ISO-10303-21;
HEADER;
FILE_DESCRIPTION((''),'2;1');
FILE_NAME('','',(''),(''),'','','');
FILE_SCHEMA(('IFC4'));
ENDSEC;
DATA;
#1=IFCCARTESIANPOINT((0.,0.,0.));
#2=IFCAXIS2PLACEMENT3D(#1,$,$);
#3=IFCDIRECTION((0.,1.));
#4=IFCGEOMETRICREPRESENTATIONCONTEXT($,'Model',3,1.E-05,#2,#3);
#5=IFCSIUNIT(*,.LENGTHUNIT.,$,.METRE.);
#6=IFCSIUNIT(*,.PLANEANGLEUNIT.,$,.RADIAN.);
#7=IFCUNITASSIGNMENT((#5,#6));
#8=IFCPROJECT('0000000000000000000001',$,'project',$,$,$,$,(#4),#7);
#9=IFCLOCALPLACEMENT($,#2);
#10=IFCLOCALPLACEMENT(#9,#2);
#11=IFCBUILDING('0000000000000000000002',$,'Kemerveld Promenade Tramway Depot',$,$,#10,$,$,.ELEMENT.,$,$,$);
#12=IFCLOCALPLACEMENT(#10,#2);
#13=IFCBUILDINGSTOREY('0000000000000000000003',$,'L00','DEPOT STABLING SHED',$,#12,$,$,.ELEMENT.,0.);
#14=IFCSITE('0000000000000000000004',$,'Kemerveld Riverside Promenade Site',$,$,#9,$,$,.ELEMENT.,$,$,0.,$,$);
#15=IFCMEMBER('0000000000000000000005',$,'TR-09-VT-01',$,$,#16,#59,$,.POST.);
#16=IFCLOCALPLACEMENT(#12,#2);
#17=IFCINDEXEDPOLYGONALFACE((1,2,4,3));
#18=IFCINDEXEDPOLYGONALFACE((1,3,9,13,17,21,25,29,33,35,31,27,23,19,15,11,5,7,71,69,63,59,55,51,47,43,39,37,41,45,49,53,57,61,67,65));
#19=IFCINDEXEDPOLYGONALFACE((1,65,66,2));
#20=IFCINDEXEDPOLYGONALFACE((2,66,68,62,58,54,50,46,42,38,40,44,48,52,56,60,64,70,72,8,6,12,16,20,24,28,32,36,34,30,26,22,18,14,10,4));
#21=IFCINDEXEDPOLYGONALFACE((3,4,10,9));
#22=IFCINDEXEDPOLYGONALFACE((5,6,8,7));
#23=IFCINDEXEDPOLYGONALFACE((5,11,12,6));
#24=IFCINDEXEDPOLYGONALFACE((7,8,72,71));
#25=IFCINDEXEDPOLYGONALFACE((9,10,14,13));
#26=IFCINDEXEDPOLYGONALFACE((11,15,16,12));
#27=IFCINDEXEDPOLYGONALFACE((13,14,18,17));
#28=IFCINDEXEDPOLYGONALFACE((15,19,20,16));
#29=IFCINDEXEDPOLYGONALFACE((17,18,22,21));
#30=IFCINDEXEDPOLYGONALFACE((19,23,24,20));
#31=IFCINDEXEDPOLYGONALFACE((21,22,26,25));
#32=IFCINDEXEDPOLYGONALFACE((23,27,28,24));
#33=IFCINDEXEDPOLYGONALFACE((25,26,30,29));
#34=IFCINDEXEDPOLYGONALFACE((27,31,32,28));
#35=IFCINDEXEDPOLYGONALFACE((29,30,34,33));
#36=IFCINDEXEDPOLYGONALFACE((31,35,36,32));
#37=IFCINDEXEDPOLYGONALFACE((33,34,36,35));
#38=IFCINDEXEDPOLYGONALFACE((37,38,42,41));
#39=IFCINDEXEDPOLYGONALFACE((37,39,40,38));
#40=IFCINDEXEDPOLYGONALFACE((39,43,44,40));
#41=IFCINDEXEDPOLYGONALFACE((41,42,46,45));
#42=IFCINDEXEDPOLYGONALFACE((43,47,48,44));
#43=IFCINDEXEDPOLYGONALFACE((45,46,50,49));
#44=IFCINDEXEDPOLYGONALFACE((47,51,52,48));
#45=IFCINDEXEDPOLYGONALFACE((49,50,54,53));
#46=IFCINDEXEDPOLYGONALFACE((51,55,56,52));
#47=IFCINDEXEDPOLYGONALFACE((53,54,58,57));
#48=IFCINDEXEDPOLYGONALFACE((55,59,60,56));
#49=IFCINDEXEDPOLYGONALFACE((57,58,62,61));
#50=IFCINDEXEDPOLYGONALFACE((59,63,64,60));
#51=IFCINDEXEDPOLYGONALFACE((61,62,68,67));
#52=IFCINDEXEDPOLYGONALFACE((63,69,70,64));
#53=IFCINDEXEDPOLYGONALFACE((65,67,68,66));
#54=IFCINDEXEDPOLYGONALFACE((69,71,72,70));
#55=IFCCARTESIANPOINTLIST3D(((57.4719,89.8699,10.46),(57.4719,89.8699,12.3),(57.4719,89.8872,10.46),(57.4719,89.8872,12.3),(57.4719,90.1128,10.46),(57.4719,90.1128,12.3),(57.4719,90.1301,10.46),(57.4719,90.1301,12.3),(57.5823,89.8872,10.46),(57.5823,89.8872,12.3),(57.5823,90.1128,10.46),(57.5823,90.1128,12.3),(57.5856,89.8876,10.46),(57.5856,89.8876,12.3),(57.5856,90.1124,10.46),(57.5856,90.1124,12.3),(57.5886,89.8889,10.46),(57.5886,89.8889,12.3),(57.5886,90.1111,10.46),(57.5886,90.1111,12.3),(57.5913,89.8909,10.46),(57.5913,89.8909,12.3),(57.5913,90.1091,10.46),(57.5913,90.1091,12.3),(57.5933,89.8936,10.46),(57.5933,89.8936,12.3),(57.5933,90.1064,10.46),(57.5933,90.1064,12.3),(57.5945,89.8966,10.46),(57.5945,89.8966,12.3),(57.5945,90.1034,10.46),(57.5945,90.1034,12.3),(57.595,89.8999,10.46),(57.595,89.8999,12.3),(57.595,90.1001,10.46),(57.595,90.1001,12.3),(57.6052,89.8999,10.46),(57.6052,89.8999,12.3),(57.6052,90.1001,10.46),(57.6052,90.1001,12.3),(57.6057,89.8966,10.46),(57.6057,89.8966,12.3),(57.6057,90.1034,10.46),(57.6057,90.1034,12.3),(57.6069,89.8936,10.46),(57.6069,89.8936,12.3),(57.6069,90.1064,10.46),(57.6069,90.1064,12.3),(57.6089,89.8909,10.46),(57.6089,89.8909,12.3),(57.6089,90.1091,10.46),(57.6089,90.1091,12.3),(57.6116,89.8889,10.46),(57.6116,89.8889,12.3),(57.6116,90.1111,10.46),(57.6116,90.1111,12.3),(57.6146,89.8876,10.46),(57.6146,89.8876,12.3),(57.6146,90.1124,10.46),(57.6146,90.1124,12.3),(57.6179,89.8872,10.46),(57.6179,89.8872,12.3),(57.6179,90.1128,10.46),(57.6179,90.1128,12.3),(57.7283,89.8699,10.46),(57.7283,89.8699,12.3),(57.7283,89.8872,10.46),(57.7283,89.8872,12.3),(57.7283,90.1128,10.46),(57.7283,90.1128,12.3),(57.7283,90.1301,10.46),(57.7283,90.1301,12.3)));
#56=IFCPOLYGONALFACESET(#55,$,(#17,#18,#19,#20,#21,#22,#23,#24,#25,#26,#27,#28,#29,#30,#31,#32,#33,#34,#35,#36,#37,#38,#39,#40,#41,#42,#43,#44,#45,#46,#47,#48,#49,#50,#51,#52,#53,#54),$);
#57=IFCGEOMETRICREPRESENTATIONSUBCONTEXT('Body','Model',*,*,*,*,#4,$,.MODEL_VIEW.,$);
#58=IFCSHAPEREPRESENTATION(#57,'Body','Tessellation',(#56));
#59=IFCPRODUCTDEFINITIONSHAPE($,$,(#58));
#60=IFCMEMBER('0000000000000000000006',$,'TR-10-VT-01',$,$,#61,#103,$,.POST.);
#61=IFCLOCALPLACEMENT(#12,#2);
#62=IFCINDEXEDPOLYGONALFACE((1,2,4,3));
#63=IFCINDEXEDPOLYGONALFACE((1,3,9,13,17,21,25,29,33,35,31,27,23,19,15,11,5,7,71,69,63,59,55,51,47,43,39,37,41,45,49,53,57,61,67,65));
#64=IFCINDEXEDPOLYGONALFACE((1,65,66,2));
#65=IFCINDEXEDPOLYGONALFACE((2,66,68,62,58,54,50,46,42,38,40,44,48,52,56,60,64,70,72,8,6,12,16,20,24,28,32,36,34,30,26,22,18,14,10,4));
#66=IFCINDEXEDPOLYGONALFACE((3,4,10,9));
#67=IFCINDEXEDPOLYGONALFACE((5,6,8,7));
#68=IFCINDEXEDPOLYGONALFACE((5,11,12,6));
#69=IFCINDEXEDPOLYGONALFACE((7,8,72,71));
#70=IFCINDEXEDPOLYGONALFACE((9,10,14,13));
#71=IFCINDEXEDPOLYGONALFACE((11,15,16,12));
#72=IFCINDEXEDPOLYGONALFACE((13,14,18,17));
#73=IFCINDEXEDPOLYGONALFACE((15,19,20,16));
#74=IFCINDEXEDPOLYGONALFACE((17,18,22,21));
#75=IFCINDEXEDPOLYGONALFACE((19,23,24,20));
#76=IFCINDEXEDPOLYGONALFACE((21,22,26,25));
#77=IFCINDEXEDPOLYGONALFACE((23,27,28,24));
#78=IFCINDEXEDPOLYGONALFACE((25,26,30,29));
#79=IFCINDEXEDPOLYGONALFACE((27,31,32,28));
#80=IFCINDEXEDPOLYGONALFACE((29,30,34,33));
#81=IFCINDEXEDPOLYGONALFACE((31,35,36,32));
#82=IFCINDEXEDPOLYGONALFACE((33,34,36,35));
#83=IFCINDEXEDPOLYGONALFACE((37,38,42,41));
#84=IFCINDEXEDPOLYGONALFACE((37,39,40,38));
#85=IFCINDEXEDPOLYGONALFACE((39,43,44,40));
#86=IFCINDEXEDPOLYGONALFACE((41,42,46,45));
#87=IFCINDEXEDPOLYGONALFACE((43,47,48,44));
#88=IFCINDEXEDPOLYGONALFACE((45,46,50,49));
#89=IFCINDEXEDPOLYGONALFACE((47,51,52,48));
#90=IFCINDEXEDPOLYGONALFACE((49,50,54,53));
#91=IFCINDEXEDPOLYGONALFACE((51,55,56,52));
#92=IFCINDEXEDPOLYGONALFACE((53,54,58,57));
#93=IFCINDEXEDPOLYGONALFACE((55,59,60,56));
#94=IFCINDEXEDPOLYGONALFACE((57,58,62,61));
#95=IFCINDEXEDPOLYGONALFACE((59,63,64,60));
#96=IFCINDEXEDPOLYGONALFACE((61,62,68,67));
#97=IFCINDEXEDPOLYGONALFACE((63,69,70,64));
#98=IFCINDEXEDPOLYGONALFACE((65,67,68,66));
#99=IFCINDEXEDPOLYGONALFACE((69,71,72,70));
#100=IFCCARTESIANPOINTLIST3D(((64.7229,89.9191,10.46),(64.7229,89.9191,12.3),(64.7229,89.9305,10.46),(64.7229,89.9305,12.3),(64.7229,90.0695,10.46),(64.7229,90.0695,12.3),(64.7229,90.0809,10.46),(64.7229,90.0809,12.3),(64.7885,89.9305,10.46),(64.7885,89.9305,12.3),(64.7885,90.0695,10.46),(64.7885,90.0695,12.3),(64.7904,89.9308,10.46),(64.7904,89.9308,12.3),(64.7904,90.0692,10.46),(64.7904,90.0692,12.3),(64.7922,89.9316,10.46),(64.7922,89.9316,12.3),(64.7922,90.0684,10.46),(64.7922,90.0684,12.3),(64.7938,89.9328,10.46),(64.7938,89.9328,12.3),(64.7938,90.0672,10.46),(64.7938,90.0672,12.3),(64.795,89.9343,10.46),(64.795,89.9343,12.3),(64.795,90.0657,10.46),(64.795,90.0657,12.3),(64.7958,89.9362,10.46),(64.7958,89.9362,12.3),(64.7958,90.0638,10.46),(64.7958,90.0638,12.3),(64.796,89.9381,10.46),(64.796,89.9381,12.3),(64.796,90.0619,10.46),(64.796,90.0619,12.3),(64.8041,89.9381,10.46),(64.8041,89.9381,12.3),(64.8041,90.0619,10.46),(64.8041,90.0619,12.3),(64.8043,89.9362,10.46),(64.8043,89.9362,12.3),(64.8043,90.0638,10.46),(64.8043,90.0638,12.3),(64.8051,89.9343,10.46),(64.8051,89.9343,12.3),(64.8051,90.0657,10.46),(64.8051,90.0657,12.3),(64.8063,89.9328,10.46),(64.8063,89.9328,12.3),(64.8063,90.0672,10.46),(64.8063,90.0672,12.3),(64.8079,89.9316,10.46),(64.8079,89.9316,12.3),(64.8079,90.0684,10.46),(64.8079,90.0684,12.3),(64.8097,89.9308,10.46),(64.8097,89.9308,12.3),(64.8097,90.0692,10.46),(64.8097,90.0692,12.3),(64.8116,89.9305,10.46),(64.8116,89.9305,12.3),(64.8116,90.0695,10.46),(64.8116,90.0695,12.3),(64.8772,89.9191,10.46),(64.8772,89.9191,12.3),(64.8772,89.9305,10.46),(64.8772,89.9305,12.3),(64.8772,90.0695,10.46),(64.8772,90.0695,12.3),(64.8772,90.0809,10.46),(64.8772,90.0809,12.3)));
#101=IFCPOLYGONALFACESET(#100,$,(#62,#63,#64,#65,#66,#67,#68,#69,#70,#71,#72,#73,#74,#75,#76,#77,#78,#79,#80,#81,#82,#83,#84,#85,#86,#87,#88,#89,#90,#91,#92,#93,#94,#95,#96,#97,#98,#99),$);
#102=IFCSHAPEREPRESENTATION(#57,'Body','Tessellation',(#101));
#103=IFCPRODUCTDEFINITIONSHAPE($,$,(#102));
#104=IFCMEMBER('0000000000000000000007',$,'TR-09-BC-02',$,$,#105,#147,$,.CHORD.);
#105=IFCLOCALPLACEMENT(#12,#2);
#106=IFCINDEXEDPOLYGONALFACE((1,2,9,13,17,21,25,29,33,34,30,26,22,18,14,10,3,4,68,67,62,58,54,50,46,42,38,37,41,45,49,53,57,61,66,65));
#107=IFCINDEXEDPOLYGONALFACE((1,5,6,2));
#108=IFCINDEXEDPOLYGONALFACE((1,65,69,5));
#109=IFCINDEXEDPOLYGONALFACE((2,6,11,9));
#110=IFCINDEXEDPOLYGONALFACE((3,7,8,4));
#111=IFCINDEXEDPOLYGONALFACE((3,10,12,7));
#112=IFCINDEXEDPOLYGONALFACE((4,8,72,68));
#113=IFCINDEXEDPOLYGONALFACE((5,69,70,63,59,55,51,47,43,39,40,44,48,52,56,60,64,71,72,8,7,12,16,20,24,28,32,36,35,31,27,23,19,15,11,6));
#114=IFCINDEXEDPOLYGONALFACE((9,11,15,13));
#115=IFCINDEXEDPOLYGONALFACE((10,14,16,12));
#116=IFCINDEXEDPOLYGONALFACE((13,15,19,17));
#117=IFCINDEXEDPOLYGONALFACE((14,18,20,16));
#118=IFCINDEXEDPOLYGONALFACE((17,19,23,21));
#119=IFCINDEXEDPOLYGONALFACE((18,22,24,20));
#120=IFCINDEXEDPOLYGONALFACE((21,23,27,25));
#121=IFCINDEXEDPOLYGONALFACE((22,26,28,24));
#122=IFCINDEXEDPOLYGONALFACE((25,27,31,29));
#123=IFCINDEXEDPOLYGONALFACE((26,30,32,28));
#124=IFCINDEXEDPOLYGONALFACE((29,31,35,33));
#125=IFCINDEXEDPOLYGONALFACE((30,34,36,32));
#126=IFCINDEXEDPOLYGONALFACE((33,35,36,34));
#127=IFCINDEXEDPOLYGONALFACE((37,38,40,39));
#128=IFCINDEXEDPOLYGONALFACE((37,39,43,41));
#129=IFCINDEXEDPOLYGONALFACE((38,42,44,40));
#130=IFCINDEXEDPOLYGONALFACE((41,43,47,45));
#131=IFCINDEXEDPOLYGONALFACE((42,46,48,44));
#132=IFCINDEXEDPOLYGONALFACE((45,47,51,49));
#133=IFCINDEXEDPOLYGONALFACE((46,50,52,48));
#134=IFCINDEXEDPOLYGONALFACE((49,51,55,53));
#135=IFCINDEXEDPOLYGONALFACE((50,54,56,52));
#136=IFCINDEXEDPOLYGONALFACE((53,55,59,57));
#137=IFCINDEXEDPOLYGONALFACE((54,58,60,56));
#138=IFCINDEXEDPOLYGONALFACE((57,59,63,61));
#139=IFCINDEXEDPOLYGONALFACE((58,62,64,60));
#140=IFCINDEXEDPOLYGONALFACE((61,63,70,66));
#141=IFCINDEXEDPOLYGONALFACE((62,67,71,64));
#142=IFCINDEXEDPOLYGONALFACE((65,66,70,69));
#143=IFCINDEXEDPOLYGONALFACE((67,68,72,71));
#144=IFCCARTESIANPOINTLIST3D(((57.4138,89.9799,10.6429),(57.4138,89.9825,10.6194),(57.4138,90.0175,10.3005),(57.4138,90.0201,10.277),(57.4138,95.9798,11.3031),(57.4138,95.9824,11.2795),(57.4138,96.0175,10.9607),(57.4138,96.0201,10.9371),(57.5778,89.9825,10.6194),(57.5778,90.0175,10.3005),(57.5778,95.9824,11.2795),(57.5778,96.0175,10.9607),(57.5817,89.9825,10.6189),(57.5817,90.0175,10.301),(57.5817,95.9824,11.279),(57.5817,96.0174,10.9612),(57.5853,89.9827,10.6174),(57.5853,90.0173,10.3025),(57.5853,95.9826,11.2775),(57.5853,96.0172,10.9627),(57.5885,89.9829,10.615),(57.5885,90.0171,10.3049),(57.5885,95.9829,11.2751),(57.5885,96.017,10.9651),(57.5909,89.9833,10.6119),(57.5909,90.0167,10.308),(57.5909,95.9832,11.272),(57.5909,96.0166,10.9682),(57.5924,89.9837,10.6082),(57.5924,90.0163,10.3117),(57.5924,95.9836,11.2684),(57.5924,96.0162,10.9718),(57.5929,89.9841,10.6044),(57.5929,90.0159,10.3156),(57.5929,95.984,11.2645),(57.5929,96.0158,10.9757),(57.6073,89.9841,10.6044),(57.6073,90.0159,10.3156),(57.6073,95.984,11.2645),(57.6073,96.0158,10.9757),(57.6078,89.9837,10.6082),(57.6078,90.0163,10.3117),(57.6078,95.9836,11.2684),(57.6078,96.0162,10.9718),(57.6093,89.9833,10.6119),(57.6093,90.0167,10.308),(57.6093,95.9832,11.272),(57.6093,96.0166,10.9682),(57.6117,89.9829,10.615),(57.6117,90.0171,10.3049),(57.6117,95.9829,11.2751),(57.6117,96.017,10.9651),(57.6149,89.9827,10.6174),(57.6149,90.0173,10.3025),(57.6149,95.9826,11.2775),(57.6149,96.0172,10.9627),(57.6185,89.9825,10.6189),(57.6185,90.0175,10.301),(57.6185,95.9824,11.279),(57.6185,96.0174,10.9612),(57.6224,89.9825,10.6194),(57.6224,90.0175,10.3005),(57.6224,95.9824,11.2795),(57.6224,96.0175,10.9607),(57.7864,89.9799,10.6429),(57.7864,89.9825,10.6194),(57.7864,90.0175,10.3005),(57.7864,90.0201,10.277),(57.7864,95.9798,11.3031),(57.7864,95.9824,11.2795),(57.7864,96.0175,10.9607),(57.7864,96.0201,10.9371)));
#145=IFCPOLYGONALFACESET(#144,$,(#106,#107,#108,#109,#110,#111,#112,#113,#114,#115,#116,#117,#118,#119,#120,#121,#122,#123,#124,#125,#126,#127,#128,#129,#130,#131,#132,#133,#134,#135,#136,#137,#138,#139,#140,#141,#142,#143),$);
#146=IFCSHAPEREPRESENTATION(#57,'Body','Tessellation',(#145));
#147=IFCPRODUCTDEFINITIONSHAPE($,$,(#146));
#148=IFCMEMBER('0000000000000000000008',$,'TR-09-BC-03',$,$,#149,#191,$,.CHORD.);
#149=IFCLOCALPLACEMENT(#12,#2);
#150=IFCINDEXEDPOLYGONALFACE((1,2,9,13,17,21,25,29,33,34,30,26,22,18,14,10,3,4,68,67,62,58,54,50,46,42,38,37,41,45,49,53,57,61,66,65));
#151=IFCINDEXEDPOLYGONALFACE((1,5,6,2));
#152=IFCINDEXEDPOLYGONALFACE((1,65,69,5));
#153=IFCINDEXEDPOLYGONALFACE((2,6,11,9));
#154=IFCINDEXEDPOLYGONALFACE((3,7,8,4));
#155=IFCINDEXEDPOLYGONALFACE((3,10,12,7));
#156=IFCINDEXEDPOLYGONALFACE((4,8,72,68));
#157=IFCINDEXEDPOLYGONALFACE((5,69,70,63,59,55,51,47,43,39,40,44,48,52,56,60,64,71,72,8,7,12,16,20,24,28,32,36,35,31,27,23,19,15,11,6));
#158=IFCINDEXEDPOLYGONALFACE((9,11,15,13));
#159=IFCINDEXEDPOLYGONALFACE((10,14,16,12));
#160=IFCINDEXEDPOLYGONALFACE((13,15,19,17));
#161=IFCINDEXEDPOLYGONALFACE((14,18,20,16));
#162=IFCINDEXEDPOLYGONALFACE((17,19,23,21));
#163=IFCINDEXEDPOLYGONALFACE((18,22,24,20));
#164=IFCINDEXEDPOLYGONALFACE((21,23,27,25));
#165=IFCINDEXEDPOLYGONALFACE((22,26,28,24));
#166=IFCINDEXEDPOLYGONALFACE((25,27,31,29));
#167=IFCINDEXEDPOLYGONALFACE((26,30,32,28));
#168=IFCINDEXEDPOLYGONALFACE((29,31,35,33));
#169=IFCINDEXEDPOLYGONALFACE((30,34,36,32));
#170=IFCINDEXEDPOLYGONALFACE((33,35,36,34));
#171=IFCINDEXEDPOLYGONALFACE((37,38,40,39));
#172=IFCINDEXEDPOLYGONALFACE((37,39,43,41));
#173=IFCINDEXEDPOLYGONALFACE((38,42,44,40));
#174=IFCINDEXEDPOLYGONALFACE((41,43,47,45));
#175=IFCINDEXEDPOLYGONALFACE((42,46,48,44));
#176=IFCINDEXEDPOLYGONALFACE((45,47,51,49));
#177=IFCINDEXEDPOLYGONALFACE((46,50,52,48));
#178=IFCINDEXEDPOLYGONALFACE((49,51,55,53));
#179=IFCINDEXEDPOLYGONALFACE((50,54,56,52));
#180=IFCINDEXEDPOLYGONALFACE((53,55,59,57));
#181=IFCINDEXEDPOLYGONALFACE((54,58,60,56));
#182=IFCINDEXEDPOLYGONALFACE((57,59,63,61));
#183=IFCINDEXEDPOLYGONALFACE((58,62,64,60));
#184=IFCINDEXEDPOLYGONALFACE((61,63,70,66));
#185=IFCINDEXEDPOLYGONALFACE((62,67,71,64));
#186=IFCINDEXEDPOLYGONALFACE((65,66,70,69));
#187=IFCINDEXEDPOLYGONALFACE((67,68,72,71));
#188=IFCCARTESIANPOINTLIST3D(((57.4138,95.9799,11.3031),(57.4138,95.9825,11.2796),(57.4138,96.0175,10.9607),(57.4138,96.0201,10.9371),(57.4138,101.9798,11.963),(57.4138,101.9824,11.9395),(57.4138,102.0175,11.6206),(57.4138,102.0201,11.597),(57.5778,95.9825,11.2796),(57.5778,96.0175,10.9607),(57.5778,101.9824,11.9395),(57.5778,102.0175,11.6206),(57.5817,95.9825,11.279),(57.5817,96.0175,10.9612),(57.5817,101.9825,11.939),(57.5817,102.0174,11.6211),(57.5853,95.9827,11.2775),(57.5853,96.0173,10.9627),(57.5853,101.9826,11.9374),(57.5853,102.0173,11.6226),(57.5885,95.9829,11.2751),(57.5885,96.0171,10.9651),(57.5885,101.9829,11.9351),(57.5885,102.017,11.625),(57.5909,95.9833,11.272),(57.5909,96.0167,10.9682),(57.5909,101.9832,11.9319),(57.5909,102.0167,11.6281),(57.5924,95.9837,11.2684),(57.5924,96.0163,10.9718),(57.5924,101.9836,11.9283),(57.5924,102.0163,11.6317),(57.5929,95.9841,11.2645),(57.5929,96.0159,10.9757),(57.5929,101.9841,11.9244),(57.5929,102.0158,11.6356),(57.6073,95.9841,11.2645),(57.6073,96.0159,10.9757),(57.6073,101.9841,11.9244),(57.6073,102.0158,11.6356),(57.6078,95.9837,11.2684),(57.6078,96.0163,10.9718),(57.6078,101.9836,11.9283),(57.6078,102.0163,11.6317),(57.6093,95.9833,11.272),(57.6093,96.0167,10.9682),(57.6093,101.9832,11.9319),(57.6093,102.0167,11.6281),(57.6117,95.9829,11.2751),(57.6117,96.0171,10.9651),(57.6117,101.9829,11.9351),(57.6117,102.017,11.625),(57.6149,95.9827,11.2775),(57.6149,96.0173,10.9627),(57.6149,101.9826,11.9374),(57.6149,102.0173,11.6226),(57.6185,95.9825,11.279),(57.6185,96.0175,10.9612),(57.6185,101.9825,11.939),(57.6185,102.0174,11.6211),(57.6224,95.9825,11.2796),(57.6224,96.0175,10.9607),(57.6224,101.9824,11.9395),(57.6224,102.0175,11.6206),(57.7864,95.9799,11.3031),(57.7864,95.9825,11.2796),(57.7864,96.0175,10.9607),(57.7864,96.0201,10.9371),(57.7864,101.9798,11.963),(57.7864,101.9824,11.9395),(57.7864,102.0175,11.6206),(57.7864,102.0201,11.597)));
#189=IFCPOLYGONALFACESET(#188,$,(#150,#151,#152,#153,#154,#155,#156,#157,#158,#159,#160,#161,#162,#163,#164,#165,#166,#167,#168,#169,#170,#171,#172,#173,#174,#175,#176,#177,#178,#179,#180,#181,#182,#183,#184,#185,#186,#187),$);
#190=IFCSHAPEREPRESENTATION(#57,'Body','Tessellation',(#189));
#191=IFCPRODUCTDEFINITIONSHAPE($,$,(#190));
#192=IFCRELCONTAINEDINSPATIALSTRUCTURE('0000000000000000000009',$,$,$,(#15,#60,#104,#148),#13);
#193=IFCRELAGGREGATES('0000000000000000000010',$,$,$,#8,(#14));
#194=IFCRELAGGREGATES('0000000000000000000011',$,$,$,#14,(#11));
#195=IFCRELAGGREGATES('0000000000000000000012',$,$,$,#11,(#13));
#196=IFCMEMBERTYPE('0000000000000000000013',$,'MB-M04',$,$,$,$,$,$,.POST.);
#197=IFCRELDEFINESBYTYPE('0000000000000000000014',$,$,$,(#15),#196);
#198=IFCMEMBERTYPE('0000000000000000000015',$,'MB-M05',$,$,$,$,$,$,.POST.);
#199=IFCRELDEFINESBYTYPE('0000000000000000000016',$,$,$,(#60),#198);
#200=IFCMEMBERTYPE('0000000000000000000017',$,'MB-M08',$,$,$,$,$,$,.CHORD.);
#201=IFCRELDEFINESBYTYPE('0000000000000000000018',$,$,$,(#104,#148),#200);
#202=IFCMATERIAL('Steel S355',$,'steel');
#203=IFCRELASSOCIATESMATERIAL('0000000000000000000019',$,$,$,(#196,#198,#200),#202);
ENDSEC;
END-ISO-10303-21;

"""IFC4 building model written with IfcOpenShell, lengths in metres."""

from ifc_helpers import new_model, si_unit, direction, frame, origin, origin_2d, place, context, subcontext, project, spatial, i_section, extrude, material, material_profile, profile_set, type_object, element, save


model = new_model("IFC4")

# Units and contexts
model_context = context("Model", 3, precision=1e-05, world=origin(), true_north=direction((0.0, 1.0)))
body_context = subcontext(model_context, "Body", "Model", "MODEL_VIEW")
ifc_project = project(units=[si_unit("LENGTHUNIT", "METRE"), si_unit("PLANEANGLEUNIT", "RADIAN")], contexts=[model_context])

# Site, building, storey
site_placement = place(None, origin())
site = spatial("IfcSite", under=ifc_project, at=site_placement, Name="Kemerveld Riverside Promenade Site", CompositionType="ELEMENT", RefElevation=0.0)
building_placement = place(site_placement, origin())
building = spatial("IfcBuilding", under=site, at=building_placement, Name="Kemerveld Promenade Tramway Depot", CompositionType="ELEMENT")
storey_placement = place(building_placement, origin())
storey = spatial("IfcBuildingStorey", under=building, at=storey_placement, Name="L00", Description="DEPOT STABLING SHED", CompositionType="ELEMENT", Elevation=0.0)

# Members
ifc_material_1 = material(Name="Steel S355", Category="steel")
ifc_material_profile_1 = material_profile(ifc_material_1, i_section(OverallWidth=0.2563, OverallDepth=0.2603, WebThickness=0.0103, FlangeThickness=0.0173, FilletRadius=0.0127, at=origin_2d()), Name="254x254x89 UC")
ifc_profile_set_1 = profile_set([ifc_material_profile_1], Name="Steel S355")
member_type_1 = type_object("IfcMemberType", Name="MB-M04", PredefinedType="POST", material=ifc_profile_set_1)
member_1_placement = place(storey_placement, frame((57.6001, 90.0, 10.46), z_axis=(0.0, 0.0, 1.0), x_axis=(1.0, 0.0, 0.0)))
element("IfcMember", 1, at=member_1_placement, inside=storey, type_object=member_type_1, Name="TR-09-VT-01", PredefinedType="POST", context=body_context, shape_type="SweptSolid", body=[
    extrude(i_section(OverallWidth=0.2563, OverallDepth=0.2603, WebThickness=0.0103, FlangeThickness=0.0173, FilletRadius=0.0127, at=origin_2d()), origin(), (0.0, 0.0, 1.0), 1.8401),
])
ifc_material_profile_2 = material_profile(ifc_material_1, i_section(OverallWidth=0.1543, OverallDepth=0.1619, WebThickness=0.0081, FlangeThickness=0.0115, FilletRadius=0.0076, at=origin_2d()), Name="152x152x37 UC")
ifc_profile_set_2 = profile_set([ifc_material_profile_2], Name="Steel S355")
member_type_2 = type_object("IfcMemberType", Name="MB-M05", PredefinedType="POST", material=ifc_profile_set_2)
member_2_placement = place(storey_placement, frame((64.8, 90.0, 10.46), z_axis=(0.0, 0.0, 1.0), x_axis=(1.0, 0.0, 0.0)))
element("IfcMember", 2, at=member_2_placement, inside=storey, type_object=member_type_2, Name="TR-10-VT-01", PredefinedType="POST", context=body_context, shape_type="SweptSolid", body=[
    extrude(i_section(OverallWidth=0.1543, OverallDepth=0.1619, WebThickness=0.0081, FlangeThickness=0.0115, FilletRadius=0.0076, at=origin_2d()), origin(), (0.0, 0.0, 1.0), 1.8401),
])
ifc_material_profile_3 = material_profile(ifc_material_1, i_section(OverallWidth=0.3726, OverallDepth=0.3682, WebThickness=0.0144, FlangeThickness=0.0237, FilletRadius=0.0151, at=origin_2d()), Name="356x368x177 UC")
ifc_profile_set_3 = profile_set([ifc_material_profile_3], Name="Steel S355")
member_type_3 = type_object("IfcMemberType", Name="MB-M08", PredefinedType="CHORD", material=ifc_profile_set_3)
for number, where, z_axis, x_axis, name in (
    (3, (57.6001, 90.0, 10.46), (0.0, 0.994002, 0.109366), (-1.0, 0.0, 0.0), "TR-09-BC-02"),
    (4, (57.6001, 96.0, 11.1201), (0.0, 0.994006, 0.109326), (-1.0, 0.0, 0.0), "TR-09-BC-03"),
):
    element("IfcMember", number, at=place(storey_placement, frame(where, z_axis=z_axis, x_axis=x_axis)), inside=storey, type_object=member_type_3, Name=name, PredefinedType="CHORD", context=body_context, shape_type="SweptSolid", body=[
        extrude(i_section(OverallWidth=0.3726, OverallDepth=0.3682, WebThickness=0.0144, FlangeThickness=0.0237, FilletRadius=0.0151, at=origin_2d()), origin(), (0.0, 0.0, 1.0), 6.0361),
    ])

save(model, "model.ifc")
